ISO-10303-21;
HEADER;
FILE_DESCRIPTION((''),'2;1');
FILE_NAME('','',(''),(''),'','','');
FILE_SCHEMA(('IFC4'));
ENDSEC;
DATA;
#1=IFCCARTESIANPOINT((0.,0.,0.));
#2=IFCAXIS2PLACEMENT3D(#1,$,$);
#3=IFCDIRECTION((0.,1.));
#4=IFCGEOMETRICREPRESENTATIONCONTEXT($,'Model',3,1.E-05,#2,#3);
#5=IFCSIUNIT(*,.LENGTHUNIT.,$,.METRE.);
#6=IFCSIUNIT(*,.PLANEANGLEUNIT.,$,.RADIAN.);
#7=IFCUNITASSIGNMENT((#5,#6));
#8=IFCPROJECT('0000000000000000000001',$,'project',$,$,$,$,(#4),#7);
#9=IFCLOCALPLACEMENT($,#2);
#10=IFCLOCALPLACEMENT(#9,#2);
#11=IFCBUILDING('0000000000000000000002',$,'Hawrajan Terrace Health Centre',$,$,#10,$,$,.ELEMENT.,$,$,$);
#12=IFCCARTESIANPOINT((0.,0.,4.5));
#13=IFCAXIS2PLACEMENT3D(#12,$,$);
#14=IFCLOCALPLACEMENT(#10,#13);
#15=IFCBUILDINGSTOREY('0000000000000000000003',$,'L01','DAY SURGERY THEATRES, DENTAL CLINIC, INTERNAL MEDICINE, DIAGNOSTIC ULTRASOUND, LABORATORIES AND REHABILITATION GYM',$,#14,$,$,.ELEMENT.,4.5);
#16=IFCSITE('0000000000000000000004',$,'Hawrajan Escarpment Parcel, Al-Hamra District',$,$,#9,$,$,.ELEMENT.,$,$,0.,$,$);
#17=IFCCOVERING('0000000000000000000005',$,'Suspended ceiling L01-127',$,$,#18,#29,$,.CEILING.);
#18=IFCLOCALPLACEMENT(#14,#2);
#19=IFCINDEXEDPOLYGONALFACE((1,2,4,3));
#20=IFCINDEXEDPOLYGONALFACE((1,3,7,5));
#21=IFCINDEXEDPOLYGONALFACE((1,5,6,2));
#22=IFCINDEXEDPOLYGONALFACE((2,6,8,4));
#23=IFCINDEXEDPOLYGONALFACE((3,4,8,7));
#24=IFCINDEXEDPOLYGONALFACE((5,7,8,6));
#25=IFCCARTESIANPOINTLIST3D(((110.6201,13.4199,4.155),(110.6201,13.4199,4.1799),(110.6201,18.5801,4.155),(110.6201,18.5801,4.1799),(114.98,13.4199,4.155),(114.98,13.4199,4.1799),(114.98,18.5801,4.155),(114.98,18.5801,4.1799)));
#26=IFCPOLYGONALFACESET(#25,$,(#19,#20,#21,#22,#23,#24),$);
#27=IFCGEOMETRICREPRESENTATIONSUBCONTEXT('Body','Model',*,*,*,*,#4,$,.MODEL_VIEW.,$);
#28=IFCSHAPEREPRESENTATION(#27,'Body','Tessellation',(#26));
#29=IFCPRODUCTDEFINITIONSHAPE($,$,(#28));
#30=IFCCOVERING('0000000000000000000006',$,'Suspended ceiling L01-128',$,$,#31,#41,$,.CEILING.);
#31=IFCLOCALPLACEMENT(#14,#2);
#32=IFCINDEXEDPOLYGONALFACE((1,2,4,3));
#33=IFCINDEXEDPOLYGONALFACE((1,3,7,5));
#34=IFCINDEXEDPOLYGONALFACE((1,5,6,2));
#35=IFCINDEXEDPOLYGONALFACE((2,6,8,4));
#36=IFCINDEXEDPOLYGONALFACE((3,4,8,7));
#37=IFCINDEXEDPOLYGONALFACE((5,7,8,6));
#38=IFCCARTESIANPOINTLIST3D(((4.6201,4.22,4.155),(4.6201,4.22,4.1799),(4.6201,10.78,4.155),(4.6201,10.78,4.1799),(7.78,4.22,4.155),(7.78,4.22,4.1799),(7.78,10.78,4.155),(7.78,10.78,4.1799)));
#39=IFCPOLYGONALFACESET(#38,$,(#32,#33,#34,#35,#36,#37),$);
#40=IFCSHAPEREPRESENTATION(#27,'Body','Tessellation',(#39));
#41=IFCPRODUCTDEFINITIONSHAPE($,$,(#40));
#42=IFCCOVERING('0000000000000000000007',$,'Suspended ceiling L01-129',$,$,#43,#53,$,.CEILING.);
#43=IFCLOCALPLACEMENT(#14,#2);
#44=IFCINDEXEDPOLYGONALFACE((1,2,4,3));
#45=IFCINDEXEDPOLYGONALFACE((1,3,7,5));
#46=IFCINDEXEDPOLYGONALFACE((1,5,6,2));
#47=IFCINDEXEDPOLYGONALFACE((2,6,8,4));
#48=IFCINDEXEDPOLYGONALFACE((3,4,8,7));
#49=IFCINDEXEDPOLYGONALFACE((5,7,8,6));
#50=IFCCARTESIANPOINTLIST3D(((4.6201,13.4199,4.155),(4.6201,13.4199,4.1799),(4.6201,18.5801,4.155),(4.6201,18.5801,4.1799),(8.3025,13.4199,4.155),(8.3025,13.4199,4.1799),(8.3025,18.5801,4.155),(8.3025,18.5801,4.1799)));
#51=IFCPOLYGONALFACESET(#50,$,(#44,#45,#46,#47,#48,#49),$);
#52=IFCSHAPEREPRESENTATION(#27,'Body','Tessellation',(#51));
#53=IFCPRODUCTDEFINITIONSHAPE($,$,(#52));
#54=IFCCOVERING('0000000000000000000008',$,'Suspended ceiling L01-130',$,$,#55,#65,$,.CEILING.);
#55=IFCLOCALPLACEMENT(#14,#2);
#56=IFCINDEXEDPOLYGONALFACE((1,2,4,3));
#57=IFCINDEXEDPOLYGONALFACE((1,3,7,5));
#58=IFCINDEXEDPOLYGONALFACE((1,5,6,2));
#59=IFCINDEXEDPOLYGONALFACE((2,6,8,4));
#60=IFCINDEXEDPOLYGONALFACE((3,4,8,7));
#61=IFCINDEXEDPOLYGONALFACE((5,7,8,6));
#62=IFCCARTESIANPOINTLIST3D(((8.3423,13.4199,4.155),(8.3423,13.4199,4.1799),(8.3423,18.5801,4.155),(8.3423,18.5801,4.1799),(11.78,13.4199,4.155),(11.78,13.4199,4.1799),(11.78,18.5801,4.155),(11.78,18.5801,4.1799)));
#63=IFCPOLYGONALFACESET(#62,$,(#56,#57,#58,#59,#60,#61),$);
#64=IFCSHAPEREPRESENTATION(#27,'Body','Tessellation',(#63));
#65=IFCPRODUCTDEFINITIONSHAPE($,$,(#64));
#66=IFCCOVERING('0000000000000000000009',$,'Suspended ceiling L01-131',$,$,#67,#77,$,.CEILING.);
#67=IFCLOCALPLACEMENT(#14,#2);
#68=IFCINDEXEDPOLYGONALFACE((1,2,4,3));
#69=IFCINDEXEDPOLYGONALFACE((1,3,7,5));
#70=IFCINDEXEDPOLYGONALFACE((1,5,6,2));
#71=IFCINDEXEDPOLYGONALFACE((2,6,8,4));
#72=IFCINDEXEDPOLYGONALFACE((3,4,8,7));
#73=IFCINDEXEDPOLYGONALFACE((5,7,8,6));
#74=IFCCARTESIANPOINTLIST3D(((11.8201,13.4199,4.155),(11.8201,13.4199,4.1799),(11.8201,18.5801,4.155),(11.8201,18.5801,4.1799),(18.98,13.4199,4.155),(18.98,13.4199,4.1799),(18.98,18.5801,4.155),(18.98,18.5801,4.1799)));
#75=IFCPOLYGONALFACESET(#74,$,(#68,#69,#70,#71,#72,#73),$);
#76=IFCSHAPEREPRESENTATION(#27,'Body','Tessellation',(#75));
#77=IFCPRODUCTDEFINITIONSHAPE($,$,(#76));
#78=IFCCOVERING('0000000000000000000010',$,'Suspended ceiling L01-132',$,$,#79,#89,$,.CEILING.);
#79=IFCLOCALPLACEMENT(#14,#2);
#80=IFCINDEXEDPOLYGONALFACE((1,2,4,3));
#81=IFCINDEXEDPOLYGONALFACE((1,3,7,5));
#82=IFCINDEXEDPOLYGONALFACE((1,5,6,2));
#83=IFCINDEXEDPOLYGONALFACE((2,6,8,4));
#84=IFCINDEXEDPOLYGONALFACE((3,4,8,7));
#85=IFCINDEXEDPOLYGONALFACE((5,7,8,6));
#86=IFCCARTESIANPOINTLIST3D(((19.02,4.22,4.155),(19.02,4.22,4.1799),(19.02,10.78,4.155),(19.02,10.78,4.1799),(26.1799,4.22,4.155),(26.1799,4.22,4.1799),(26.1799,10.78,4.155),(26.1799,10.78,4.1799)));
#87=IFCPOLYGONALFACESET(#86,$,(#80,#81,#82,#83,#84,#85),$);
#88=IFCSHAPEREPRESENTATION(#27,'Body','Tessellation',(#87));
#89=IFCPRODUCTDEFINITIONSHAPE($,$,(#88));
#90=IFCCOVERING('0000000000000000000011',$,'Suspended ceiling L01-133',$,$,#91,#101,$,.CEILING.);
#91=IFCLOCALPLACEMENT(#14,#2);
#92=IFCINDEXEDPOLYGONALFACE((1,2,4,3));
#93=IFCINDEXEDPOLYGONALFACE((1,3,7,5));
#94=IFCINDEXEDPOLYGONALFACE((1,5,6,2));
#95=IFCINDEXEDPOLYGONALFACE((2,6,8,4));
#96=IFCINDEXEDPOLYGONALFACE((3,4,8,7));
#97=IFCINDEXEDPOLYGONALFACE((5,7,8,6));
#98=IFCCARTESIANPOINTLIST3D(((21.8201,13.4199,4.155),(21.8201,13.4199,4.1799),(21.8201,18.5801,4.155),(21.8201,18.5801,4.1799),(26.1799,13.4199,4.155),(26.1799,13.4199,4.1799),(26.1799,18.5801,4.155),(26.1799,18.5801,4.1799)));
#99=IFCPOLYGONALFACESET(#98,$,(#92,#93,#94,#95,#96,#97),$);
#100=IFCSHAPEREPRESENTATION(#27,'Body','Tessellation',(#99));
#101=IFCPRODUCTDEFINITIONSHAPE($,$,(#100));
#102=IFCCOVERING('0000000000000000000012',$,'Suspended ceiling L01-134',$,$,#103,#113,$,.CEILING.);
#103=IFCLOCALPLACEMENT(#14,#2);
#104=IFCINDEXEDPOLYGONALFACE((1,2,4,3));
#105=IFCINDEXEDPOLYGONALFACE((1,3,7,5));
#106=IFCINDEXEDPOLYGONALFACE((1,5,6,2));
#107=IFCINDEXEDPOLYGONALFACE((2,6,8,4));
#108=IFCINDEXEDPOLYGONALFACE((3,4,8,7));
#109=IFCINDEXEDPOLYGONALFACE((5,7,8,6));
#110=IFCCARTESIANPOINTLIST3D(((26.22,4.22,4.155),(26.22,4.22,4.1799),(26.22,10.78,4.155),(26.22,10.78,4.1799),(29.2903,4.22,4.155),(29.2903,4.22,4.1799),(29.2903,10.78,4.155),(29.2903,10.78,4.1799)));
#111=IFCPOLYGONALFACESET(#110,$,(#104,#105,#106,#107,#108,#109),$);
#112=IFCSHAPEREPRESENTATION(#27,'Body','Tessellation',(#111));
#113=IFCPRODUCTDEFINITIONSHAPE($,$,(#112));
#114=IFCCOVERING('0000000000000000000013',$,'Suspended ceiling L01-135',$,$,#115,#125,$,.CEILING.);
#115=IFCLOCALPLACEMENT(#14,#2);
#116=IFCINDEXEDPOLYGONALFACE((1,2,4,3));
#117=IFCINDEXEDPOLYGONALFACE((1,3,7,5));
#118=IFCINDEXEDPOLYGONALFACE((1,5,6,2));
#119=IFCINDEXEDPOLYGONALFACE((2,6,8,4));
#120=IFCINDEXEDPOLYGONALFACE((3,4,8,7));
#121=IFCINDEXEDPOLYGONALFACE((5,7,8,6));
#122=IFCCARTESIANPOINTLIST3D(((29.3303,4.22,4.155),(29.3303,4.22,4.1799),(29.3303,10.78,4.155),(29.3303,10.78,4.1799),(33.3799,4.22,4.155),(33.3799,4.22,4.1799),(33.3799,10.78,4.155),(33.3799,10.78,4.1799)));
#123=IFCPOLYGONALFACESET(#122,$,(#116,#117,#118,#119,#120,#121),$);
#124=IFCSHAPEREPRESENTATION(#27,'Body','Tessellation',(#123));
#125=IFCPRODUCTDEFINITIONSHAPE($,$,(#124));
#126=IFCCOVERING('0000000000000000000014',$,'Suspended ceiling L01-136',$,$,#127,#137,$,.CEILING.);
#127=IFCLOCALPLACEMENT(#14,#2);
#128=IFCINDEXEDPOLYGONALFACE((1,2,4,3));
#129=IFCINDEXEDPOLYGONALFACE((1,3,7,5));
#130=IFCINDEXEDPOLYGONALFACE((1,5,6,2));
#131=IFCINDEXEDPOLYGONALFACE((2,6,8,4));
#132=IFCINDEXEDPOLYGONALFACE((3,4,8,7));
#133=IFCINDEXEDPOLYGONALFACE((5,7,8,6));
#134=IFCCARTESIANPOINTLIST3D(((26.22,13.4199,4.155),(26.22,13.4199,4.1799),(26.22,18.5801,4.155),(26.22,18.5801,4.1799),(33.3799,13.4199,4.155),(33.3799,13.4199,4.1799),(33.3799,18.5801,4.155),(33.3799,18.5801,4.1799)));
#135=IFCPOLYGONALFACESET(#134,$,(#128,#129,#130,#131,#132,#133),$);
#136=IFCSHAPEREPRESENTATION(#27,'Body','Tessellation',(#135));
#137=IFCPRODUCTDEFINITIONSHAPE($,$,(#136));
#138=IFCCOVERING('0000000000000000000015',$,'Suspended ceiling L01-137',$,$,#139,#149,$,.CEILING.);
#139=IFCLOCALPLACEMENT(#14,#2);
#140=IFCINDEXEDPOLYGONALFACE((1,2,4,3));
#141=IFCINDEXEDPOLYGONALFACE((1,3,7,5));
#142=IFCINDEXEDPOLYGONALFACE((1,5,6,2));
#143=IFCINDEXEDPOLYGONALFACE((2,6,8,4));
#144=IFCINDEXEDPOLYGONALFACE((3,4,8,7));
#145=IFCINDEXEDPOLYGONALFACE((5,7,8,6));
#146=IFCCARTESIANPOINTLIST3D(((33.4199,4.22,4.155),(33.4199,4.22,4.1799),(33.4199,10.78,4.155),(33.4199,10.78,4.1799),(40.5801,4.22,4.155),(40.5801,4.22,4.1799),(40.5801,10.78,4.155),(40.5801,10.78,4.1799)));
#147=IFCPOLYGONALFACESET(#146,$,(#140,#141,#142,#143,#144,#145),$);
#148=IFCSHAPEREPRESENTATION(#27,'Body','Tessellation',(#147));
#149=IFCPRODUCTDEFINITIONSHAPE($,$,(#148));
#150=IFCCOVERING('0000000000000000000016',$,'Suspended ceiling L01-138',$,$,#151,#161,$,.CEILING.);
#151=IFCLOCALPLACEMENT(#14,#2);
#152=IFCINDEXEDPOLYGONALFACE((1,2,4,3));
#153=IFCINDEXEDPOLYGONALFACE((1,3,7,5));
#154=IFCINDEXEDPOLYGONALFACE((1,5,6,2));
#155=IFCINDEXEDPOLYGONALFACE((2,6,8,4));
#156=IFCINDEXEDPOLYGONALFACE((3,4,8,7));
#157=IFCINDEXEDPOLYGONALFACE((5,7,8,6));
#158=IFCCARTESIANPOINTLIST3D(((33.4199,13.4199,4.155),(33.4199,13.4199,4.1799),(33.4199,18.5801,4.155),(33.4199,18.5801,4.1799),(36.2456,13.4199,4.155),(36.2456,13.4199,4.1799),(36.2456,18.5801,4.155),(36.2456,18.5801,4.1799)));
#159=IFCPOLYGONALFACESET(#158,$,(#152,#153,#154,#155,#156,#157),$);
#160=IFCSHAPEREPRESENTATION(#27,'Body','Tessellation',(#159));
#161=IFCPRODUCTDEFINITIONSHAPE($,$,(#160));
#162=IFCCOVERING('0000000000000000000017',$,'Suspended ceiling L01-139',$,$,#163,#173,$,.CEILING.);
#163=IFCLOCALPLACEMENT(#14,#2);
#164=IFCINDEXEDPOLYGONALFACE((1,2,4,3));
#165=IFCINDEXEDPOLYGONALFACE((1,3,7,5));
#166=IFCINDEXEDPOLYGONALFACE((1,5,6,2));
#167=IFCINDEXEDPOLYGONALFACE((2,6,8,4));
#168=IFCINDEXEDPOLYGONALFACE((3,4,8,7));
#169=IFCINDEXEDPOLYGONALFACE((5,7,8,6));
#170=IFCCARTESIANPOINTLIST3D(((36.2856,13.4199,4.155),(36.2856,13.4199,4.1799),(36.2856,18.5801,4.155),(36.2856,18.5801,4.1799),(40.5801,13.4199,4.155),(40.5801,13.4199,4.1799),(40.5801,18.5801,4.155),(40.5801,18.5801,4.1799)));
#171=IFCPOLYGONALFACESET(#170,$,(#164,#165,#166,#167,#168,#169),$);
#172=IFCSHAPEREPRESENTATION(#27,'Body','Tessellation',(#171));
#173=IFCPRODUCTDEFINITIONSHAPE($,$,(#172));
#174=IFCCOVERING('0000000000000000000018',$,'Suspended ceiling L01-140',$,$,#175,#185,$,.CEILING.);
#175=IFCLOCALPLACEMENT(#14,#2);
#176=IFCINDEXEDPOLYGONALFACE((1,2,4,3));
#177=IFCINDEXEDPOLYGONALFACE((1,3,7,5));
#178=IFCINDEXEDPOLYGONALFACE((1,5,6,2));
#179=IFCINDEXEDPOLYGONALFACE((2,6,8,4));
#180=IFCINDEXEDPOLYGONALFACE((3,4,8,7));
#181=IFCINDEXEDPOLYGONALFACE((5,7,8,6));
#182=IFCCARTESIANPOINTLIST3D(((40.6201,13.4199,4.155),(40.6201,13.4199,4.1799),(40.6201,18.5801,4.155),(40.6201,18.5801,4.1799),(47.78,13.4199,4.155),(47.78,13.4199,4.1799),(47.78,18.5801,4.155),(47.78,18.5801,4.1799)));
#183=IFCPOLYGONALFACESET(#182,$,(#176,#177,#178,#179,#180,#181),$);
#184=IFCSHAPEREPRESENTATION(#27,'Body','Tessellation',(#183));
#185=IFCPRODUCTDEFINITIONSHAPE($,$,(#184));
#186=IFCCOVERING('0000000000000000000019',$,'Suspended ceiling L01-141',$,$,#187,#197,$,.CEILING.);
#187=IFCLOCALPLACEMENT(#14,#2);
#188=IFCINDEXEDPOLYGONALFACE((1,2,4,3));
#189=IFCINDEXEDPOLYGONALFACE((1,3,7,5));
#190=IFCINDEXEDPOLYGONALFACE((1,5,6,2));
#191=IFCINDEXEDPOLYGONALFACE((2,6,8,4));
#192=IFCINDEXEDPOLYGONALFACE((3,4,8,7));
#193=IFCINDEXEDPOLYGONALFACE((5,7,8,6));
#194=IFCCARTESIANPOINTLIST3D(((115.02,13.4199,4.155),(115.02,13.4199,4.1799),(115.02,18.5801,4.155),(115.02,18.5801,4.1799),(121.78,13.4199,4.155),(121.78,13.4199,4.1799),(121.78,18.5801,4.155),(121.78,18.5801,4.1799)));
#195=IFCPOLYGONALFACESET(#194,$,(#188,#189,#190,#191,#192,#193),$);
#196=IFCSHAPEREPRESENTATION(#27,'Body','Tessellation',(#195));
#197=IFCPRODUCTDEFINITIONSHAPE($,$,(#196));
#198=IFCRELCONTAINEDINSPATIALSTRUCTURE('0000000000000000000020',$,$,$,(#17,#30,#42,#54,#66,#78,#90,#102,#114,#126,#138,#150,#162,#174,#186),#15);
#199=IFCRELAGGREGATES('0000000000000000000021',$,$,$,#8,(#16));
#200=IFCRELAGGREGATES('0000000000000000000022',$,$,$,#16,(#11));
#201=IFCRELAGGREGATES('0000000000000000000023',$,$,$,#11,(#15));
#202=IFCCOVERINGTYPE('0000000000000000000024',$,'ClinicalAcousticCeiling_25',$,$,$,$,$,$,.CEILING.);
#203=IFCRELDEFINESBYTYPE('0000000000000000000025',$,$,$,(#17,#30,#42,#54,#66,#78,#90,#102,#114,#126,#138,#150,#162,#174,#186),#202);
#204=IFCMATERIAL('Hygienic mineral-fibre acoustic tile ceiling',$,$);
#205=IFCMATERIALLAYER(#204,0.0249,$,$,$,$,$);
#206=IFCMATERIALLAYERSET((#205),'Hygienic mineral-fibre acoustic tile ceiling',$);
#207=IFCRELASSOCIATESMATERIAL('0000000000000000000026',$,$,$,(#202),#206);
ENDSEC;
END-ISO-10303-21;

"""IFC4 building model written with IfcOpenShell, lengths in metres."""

from ifc_helpers import new_model, si_unit, direction, frame, origin, place, context, subcontext, project, spatial, polyline, outline, extrude, material, layer, layer_set, type_object, element, save


model = new_model("IFC4")

# Units and contexts
model_context = context("Model", 3, precision=1e-05, world=origin(), true_north=direction((0.0, 1.0)))
body_context = subcontext(model_context, "Body", "Model", "MODEL_VIEW")
ifc_project = project(units=[si_unit("LENGTHUNIT", "METRE"), si_unit("PLANEANGLEUNIT", "RADIAN")], contexts=[model_context])

# Site, building, storey
site_placement = place(None, origin())
site = spatial("IfcSite", under=ifc_project, at=site_placement, Name="Hawrajan Escarpment Parcel, Al-Hamra District", CompositionType="ELEMENT", RefElevation=0.0)
building_placement = place(site_placement, origin())
building = spatial("IfcBuilding", under=site, at=building_placement, Name="Hawrajan Terrace Health Centre", CompositionType="ELEMENT")
storey_placement = place(building_placement, frame((0.0, 0.0, 4.5)))
storey = spatial("IfcBuildingStorey", under=building, at=storey_placement, Name="L01", Description="DAY SURGERY THEATRES, DENTAL CLINIC, INTERNAL MEDICINE, DIAGNOSTIC ULTRASOUND, LABORATORIES AND REHABILITATION GYM", CompositionType="ELEMENT", Elevation=4.5)

# Coverings
ifc_material = material(Name="Hygienic mineral-fibre acoustic tile ceiling")
ifc_layer = layer(ifc_material, 0.0249)
ifc_layer_set = layer_set([ifc_layer], Name="Hygienic mineral-fibre acoustic tile ceiling")
covering_type = type_object("IfcCoveringType", Name="ClinicalAcousticCeiling_25", PredefinedType="CEILING", material=ifc_layer_set)
covering_1_placement = place(storey_placement, frame((0.0, 0.0, 4.155)))
element("IfcCovering", 1, at=covering_1_placement, inside=storey, type_object=covering_type, Name="Suspended ceiling L01-127", PredefinedType="CEILING", context=body_context, shape_type="SweptSolid", body=[
    extrude(outline(polyline([(110.6201, 18.5801), (114.98, 18.5801), (114.98, 13.4199), (110.6201, 13.4199), (110.6201, 18.5801)])), origin(), (0.0, 0.0, 1.0), 0.0249),
])
covering_2_placement = place(storey_placement, frame((0.0, 0.0, 4.155)))
element("IfcCovering", 2, at=covering_2_placement, inside=storey, type_object=covering_type, Name="Suspended ceiling L01-128", PredefinedType="CEILING", context=body_context, shape_type="SweptSolid", body=[
    extrude(outline(polyline([(4.6201, 10.78), (7.78, 10.78), (7.78, 4.22), (4.6201, 4.22), (4.6201, 10.78)])), origin(), (0.0, 0.0, 1.0), 0.0249),
])
covering_3_placement = place(storey_placement, frame((0.0, 0.0, 4.155)))
element("IfcCovering", 3, at=covering_3_placement, inside=storey, type_object=covering_type, Name="Suspended ceiling L01-129", PredefinedType="CEILING", context=body_context, shape_type="SweptSolid", body=[
    extrude(outline(polyline([(4.6201, 18.5801), (8.3025, 18.5801), (8.3025, 13.4199), (4.6201, 13.4199), (4.6201, 18.5801)])), origin(), (0.0, 0.0, 1.0), 0.0249),
])
covering_4_placement = place(storey_placement, frame((0.0, 0.0, 4.155)))
element("IfcCovering", 4, at=covering_4_placement, inside=storey, type_object=covering_type, Name="Suspended ceiling L01-130", PredefinedType="CEILING", context=body_context, shape_type="SweptSolid", body=[
    extrude(outline(polyline([(8.3423, 18.5801), (11.78, 18.5801), (11.78, 13.4199), (8.3423, 13.4199), (8.3423, 18.5801)])), origin(), (0.0, 0.0, 1.0), 0.0249),
])
covering_5_placement = place(storey_placement, frame((0.0, 0.0, 4.155)))
element("IfcCovering", 5, at=covering_5_placement, inside=storey, type_object=covering_type, Name="Suspended ceiling L01-131", PredefinedType="CEILING", context=body_context, shape_type="SweptSolid", body=[
    extrude(outline(polyline([(11.8201, 18.5801), (18.98, 18.5801), (18.98, 13.4199), (11.8201, 13.4199), (11.8201, 18.5801)])), origin(), (0.0, 0.0, 1.0), 0.0249),
])
covering_6_placement = place(storey_placement, frame((0.0, 0.0, 4.155)))
element("IfcCovering", 6, at=covering_6_placement, inside=storey, type_object=covering_type, Name="Suspended ceiling L01-132", PredefinedType="CEILING", context=body_context, shape_type="SweptSolid", body=[
    extrude(outline(polyline([(19.02, 10.78), (26.1799, 10.78), (26.1799, 4.22), (19.02, 4.22), (19.02, 10.78)])), origin(), (0.0, 0.0, 1.0), 0.0249),
])
covering_7_placement = place(storey_placement, frame((0.0, 0.0, 4.155)))
element("IfcCovering", 7, at=covering_7_placement, inside=storey, type_object=covering_type, Name="Suspended ceiling L01-133", PredefinedType="CEILING", context=body_context, shape_type="SweptSolid", body=[
    extrude(outline(polyline([(21.8201, 18.5801), (26.1799, 18.5801), (26.1799, 13.4199), (21.8201, 13.4199), (21.8201, 18.5801)])), origin(), (0.0, 0.0, 1.0), 0.0249),
])
covering_8_placement = place(storey_placement, frame((0.0, 0.0, 4.155)))
element("IfcCovering", 8, at=covering_8_placement, inside=storey, type_object=covering_type, Name="Suspended ceiling L01-134", PredefinedType="CEILING", context=body_context, shape_type="SweptSolid", body=[
    extrude(outline(polyline([(26.22, 10.78), (29.2903, 10.78), (29.2903, 4.22), (26.22, 4.22), (26.22, 10.78)])), origin(), (0.0, 0.0, 1.0), 0.0249),
])
covering_9_placement = place(storey_placement, frame((0.0, 0.0, 4.155)))
element("IfcCovering", 9, at=covering_9_placement, inside=storey, type_object=covering_type, Name="Suspended ceiling L01-135", PredefinedType="CEILING", context=body_context, shape_type="SweptSolid", body=[
    extrude(outline(polyline([(29.3303, 10.78), (33.3799, 10.78), (33.3799, 4.22), (29.3303, 4.22), (29.3303, 10.78)])), origin(), (0.0, 0.0, 1.0), 0.0249),
])
covering_10_placement = place(storey_placement, frame((0.0, 0.0, 4.155)))
element("IfcCovering", 10, at=covering_10_placement, inside=storey, type_object=covering_type, Name="Suspended ceiling L01-136", PredefinedType="CEILING", context=body_context, shape_type="SweptSolid", body=[
    extrude(outline(polyline([(26.22, 18.5801), (33.3799, 18.5801), (33.3799, 13.4199), (26.22, 13.4199), (26.22, 18.5801)])), origin(), (0.0, 0.0, 1.0), 0.0249),
])
covering_11_placement = place(storey_placement, frame((0.0, 0.0, 4.155)))
element("IfcCovering", 11, at=covering_11_placement, inside=storey, type_object=covering_type, Name="Suspended ceiling L01-137", PredefinedType="CEILING", context=body_context, shape_type="SweptSolid", body=[
    extrude(outline(polyline([(33.4199, 10.78), (40.5801, 10.78), (40.5801, 4.22), (33.4199, 4.22), (33.4199, 10.78)])), origin(), (0.0, 0.0, 1.0), 0.0249),
])
covering_12_placement = place(storey_placement, frame((0.0, 0.0, 4.155)))
element("IfcCovering", 12, at=covering_12_placement, inside=storey, type_object=covering_type, Name="Suspended ceiling L01-138", PredefinedType="CEILING", context=body_context, shape_type="SweptSolid", body=[
    extrude(outline(polyline([(33.4199, 18.5801), (36.2456, 18.5801), (36.2456, 13.4199), (33.4199, 13.4199), (33.4199, 18.5801)])), origin(), (0.0, 0.0, 1.0), 0.0249),
])
covering_13_placement = place(storey_placement, frame((0.0, 0.0, 4.155)))
element("IfcCovering", 13, at=covering_13_placement, inside=storey, type_object=covering_type, Name="Suspended ceiling L01-139", PredefinedType="CEILING", context=body_context, shape_type="SweptSolid", body=[
    extrude(outline(polyline([(36.2856, 18.5801), (40.5801, 18.5801), (40.5801, 13.4199), (36.2856, 13.4199), (36.2856, 18.5801)])), origin(), (0.0, 0.0, 1.0), 0.0249),
])
covering_14_placement = place(storey_placement, frame((0.0, 0.0, 4.155)))
element("IfcCovering", 14, at=covering_14_placement, inside=storey, type_object=covering_type, Name="Suspended ceiling L01-140", PredefinedType="CEILING", context=body_context, shape_type="SweptSolid", body=[
    extrude(outline(polyline([(40.6201, 18.5801), (47.78, 18.5801), (47.78, 13.4199), (40.6201, 13.4199), (40.6201, 18.5801)])), origin(), (0.0, 0.0, 1.0), 0.0249),
])
covering_15_placement = place(storey_placement, frame((0.0, 0.0, 4.155)))
element("IfcCovering", 15, at=covering_15_placement, inside=storey, type_object=covering_type, Name="Suspended ceiling L01-141", PredefinedType="CEILING", context=body_context, shape_type="SweptSolid", body=[
    extrude(outline(polyline([(115.02, 18.5801), (121.78, 18.5801), (121.78, 13.4199), (115.02, 13.4199), (115.02, 18.5801)])), origin(), (0.0, 0.0, 1.0), 0.0249),
])

save(model, "model.ifc")
